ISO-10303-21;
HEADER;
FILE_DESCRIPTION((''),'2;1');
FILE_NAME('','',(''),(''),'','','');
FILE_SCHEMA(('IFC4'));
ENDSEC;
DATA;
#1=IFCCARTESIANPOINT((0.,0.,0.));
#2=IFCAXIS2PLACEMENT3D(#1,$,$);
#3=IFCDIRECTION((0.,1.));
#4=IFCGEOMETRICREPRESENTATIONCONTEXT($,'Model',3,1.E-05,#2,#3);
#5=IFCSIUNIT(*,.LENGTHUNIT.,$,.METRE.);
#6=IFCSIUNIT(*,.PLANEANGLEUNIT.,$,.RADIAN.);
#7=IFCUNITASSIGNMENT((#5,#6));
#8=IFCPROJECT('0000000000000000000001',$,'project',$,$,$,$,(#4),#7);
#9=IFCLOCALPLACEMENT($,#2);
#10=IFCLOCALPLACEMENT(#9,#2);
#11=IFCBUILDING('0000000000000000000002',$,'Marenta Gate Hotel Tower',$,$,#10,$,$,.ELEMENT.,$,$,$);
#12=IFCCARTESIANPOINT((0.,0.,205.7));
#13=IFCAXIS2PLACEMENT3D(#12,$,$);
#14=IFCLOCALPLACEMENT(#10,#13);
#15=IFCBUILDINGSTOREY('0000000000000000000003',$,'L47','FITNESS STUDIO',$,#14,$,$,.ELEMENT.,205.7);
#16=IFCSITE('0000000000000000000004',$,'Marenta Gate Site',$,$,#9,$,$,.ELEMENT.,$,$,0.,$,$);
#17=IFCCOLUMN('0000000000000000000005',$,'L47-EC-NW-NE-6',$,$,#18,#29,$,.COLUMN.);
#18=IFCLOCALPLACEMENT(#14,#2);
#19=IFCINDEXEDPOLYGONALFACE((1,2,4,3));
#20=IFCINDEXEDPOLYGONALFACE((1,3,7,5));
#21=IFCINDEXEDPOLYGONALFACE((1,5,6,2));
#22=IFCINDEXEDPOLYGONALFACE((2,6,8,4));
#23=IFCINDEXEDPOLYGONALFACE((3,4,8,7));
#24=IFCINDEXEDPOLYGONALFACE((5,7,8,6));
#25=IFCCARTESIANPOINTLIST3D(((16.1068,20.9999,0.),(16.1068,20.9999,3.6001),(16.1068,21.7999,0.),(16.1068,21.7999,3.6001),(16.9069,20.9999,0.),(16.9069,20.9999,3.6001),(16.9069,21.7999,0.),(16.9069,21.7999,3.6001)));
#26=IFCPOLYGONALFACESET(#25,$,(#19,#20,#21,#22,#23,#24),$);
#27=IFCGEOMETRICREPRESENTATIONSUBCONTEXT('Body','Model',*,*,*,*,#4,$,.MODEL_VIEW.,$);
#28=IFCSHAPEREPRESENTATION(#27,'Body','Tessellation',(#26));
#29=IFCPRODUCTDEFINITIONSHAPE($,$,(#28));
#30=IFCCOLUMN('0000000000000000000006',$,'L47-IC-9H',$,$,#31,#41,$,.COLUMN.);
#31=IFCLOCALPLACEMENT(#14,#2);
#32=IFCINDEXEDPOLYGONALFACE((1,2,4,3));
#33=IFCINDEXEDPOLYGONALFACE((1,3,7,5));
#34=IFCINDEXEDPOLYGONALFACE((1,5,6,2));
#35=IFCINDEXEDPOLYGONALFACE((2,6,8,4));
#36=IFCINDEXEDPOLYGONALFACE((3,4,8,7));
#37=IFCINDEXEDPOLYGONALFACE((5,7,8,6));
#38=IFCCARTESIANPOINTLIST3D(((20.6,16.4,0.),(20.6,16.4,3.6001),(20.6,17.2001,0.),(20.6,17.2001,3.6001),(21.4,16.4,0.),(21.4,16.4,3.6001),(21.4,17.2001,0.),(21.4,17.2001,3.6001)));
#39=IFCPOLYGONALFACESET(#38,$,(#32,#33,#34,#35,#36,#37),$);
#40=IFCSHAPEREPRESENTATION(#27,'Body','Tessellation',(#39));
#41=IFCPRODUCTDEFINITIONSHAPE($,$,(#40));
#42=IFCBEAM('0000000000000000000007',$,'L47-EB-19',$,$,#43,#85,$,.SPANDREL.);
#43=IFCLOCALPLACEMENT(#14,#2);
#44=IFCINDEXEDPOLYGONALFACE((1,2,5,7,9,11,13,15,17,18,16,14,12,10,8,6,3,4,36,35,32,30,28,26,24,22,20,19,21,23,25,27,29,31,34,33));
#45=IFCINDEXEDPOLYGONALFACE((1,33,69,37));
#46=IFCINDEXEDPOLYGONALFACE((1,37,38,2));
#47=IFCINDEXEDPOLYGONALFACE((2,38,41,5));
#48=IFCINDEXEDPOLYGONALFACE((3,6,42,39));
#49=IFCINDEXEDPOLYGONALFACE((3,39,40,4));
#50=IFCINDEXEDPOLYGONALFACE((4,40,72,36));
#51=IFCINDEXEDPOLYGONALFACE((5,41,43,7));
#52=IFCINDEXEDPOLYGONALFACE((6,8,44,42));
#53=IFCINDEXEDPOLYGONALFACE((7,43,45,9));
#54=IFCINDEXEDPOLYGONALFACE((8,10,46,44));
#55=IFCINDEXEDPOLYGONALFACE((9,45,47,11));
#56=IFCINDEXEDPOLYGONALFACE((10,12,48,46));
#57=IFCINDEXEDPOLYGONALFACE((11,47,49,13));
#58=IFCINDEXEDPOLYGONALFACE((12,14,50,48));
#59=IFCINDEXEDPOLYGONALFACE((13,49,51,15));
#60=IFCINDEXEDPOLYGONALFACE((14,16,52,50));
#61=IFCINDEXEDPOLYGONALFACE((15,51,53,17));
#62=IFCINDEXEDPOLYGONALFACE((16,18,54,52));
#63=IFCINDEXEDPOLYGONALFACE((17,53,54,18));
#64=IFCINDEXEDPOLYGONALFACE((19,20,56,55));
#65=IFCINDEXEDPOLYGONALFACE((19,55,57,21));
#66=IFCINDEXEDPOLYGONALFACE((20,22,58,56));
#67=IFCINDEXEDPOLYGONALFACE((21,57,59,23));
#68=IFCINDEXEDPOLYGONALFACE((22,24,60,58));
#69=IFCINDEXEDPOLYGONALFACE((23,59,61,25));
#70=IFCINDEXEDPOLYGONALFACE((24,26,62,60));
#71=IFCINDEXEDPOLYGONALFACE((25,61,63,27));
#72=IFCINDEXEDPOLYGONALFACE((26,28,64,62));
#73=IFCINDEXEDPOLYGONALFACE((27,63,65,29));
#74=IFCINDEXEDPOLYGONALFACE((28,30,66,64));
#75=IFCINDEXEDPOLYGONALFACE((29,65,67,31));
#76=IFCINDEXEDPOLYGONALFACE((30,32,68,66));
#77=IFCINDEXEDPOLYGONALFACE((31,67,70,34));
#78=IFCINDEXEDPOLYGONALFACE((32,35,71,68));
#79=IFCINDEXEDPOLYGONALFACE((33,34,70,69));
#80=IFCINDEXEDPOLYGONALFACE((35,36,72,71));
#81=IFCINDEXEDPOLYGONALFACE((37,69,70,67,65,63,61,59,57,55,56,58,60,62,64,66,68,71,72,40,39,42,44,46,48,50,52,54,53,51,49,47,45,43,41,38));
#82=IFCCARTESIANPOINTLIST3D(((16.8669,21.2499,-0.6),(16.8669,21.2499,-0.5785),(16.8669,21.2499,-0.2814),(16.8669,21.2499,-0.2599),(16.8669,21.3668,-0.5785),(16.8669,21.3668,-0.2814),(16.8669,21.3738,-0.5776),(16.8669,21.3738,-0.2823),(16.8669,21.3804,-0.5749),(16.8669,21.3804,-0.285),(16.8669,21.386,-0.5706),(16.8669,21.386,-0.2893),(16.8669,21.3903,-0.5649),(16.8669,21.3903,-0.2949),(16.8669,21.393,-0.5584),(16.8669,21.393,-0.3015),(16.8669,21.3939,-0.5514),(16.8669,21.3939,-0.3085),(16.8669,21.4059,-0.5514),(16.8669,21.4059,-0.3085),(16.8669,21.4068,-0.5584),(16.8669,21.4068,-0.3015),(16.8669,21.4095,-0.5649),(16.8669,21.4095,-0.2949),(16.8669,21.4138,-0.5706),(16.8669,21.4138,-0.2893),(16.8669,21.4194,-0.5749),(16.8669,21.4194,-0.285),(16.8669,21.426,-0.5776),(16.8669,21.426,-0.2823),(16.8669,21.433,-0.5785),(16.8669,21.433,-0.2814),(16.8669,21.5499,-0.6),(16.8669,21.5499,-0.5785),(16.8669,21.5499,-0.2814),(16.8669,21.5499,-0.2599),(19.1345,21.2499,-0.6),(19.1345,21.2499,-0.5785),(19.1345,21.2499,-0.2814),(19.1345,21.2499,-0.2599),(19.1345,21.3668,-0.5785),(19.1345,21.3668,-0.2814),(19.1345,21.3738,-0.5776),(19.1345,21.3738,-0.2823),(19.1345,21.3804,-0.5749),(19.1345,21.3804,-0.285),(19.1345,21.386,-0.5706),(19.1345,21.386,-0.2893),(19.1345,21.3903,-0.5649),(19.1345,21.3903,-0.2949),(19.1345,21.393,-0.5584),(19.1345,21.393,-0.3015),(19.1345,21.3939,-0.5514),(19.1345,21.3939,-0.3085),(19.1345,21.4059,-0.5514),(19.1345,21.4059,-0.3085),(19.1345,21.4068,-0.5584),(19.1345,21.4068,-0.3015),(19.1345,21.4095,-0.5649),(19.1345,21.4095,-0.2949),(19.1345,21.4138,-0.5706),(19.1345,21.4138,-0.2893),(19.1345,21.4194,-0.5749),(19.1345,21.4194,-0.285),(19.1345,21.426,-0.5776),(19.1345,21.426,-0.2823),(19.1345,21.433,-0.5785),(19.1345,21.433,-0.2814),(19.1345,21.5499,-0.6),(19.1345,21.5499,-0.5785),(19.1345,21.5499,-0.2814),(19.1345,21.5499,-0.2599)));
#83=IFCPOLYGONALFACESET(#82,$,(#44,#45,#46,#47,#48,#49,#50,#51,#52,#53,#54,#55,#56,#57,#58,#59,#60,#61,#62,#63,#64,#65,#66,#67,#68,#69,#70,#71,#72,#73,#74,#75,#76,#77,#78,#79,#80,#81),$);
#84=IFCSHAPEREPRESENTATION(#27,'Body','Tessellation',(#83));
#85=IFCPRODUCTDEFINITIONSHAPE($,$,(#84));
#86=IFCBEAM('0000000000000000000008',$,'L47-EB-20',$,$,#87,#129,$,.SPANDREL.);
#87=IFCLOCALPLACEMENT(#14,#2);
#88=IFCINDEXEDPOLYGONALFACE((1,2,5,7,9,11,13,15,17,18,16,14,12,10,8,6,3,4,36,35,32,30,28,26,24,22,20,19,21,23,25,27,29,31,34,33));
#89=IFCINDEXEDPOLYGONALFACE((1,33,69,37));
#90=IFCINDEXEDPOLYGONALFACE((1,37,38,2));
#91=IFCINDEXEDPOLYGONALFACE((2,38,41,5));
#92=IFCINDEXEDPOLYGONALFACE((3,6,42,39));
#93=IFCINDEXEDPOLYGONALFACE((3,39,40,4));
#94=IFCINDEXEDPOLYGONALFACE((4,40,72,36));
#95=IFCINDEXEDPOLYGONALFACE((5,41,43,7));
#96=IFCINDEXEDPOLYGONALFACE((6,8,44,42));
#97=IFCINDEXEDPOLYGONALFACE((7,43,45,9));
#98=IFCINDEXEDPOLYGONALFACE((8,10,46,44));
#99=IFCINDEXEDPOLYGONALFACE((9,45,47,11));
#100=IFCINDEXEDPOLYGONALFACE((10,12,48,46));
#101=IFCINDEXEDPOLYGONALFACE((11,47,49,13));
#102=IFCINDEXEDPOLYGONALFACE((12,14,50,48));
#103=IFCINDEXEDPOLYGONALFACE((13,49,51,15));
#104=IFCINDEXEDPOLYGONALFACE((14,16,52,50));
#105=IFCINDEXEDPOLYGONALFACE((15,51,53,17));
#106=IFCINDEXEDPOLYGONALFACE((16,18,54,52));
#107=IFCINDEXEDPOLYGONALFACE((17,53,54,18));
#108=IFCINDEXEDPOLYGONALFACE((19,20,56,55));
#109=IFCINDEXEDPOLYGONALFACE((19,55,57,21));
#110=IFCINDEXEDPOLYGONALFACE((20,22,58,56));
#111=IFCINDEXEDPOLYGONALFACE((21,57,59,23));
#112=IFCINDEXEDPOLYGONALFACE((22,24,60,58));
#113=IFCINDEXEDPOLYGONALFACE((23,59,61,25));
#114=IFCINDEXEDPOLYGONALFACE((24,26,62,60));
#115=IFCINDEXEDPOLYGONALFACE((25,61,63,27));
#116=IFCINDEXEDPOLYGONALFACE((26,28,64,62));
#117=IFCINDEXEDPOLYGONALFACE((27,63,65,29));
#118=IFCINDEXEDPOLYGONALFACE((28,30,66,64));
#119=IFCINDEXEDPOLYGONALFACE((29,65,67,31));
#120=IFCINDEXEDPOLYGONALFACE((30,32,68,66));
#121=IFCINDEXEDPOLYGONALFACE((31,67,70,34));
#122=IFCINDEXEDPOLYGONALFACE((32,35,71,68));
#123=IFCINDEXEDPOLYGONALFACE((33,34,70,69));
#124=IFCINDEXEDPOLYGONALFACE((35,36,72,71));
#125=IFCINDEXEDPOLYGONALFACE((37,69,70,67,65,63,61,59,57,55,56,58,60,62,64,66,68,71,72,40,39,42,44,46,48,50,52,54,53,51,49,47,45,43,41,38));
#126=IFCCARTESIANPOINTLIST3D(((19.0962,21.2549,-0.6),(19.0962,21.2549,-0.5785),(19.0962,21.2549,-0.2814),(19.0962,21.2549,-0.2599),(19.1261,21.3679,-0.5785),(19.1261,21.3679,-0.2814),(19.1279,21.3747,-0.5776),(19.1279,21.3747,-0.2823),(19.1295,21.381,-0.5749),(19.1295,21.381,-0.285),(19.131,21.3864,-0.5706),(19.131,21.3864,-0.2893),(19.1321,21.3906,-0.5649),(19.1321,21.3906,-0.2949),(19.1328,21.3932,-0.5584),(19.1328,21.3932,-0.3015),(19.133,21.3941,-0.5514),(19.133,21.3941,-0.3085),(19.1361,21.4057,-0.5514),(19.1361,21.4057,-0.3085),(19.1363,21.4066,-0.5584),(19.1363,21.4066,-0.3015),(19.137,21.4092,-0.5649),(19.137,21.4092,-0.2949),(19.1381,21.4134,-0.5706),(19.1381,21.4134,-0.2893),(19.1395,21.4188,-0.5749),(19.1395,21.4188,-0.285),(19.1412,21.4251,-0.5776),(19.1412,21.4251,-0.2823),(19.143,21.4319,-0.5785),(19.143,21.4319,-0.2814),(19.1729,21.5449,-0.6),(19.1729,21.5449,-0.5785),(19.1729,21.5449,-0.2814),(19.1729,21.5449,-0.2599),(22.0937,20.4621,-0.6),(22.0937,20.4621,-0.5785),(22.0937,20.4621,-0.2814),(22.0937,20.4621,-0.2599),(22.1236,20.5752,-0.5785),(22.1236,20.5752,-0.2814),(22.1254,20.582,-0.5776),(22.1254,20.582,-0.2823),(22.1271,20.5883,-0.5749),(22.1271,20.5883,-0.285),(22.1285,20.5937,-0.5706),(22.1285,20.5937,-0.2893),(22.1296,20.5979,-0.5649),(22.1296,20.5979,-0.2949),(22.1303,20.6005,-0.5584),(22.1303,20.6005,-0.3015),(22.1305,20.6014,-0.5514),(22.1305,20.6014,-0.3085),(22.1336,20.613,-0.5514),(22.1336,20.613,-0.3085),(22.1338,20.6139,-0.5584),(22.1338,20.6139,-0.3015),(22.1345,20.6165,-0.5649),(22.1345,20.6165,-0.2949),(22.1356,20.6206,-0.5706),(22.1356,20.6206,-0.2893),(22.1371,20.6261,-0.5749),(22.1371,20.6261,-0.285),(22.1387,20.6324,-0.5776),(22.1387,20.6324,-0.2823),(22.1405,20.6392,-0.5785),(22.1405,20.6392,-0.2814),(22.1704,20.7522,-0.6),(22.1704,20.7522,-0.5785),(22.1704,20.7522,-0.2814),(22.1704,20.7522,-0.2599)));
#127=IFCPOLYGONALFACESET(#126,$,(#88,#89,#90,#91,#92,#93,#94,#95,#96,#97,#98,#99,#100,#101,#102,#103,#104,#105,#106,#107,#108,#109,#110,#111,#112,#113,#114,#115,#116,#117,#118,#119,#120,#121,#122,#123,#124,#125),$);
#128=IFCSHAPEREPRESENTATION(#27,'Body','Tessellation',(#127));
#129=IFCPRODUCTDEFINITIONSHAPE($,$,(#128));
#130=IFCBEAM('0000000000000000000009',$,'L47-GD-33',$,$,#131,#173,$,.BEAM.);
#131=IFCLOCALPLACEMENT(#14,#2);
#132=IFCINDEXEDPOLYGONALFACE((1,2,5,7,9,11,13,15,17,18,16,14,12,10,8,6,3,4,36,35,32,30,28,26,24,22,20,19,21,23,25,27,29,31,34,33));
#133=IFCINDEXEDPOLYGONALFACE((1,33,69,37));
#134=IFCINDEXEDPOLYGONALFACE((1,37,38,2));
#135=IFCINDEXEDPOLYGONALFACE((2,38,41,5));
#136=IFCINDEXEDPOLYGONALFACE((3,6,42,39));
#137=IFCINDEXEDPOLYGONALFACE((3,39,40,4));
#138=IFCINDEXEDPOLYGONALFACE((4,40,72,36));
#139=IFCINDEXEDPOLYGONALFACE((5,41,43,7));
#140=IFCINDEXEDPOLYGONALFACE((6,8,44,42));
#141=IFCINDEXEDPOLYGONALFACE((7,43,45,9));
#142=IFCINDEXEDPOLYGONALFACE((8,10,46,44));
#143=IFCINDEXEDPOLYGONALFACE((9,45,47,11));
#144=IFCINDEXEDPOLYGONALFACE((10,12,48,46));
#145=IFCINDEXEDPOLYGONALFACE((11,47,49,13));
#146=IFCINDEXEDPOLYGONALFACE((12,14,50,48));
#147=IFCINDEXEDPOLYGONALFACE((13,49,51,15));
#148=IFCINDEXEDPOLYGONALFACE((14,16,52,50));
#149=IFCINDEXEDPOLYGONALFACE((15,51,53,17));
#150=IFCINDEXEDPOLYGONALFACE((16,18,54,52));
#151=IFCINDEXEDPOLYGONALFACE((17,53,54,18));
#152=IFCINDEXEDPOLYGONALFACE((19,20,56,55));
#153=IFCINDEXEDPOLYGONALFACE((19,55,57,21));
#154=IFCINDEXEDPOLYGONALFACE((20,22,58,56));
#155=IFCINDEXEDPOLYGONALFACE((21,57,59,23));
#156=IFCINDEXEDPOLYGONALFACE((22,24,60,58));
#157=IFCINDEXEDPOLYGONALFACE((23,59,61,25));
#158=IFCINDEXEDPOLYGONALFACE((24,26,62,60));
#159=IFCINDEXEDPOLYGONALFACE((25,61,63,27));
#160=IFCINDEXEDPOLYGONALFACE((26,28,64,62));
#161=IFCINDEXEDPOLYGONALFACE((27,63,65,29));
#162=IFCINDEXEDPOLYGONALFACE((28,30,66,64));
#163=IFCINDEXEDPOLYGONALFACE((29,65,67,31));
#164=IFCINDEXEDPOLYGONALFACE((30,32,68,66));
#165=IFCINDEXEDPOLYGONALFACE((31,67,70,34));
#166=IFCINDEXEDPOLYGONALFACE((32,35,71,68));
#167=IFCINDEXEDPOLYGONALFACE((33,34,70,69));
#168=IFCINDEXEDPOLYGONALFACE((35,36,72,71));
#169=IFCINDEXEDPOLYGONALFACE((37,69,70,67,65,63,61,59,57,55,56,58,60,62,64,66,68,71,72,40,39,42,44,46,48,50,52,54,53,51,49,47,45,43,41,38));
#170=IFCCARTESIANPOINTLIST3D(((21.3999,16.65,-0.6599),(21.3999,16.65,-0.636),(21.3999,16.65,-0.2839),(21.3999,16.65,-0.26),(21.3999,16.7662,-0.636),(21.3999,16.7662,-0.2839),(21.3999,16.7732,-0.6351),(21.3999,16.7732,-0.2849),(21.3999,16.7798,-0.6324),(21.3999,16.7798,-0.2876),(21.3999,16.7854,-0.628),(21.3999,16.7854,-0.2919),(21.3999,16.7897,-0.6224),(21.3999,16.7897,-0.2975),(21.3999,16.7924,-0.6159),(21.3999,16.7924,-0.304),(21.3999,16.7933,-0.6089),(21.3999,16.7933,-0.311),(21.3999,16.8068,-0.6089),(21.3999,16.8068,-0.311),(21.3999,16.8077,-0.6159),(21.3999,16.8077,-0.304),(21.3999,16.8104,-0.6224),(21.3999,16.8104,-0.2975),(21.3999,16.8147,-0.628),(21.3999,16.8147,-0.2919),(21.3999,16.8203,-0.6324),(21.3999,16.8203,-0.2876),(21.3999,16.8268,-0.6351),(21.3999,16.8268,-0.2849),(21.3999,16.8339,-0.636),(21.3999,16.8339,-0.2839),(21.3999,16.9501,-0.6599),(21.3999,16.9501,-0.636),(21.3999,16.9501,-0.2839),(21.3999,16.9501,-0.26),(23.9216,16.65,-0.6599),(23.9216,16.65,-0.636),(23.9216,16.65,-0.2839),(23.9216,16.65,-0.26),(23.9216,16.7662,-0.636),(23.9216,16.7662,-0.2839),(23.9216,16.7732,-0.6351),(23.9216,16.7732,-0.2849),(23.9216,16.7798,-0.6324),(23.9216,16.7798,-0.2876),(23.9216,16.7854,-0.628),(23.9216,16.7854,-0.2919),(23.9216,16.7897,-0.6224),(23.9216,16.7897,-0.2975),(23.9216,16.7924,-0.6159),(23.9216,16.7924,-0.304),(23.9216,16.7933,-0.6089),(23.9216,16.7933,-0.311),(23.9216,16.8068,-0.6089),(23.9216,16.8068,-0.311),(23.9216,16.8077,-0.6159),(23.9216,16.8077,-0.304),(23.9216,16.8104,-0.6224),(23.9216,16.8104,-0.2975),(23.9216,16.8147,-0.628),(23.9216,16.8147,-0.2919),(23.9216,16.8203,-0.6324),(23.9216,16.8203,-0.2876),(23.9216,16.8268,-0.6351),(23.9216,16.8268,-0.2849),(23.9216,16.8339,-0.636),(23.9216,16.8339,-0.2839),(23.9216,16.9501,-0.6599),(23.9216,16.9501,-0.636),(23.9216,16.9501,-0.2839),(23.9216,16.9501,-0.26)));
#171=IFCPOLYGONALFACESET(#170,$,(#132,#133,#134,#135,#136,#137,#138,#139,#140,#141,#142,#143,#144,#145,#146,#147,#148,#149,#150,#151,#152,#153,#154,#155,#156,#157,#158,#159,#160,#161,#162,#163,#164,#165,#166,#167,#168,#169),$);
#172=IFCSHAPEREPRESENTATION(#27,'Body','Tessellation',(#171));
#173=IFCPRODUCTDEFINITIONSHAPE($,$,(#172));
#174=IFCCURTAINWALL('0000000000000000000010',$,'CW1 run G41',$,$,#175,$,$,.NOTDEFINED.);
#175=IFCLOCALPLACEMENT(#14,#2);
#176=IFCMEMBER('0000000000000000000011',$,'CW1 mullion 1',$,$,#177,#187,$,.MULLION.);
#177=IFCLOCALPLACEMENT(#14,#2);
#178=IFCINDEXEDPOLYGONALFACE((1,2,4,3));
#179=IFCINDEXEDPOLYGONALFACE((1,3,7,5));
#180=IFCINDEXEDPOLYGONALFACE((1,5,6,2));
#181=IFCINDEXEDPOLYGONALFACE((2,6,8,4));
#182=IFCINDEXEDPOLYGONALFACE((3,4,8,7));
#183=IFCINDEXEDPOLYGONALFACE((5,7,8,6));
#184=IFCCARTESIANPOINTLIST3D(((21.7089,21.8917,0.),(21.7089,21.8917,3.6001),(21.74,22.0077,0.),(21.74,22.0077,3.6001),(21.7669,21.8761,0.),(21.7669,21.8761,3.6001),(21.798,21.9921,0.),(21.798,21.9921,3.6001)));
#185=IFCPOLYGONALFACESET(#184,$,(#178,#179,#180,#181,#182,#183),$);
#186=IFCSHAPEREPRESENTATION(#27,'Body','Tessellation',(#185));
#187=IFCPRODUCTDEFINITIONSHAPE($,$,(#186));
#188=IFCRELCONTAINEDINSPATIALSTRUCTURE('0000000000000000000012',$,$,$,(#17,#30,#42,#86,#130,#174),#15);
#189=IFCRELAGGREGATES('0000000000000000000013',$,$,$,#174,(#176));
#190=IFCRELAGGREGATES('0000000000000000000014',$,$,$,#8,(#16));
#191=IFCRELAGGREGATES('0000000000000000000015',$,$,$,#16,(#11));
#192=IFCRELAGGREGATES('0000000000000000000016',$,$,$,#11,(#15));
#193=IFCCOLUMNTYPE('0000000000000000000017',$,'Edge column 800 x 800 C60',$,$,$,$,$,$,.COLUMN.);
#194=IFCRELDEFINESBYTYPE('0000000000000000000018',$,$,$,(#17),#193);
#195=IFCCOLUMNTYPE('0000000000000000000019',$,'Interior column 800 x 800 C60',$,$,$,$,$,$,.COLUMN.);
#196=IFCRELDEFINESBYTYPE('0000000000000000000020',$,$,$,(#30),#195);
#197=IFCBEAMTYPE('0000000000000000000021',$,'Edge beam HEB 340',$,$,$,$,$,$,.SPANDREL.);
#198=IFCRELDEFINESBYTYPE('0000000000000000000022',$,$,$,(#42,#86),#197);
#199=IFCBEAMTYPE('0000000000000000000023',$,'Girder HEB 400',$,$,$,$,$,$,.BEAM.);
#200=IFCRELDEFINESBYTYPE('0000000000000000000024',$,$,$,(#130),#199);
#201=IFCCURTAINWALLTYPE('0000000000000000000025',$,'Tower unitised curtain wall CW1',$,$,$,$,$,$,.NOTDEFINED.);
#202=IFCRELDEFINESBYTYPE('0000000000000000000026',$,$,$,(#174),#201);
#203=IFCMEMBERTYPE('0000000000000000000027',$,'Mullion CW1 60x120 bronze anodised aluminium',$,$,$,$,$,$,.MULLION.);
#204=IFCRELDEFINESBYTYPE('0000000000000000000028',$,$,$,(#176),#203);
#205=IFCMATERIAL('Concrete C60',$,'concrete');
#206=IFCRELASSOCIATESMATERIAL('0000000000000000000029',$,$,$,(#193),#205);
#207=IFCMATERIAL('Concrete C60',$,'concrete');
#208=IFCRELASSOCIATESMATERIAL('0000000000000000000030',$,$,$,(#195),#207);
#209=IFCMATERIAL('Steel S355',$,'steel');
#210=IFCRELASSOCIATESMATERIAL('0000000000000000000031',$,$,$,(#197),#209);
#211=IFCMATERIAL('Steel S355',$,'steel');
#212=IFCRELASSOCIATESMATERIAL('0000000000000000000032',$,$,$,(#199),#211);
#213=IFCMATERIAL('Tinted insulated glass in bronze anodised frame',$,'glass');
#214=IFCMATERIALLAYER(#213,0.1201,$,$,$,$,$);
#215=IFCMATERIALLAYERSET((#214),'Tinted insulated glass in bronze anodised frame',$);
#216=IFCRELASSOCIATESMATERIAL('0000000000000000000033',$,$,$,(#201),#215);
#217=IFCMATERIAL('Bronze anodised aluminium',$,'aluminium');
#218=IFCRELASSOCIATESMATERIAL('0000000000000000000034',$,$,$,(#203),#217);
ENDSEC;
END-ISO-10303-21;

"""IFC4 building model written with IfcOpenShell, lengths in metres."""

from ifc_helpers import new_model, si_unit, direction, frame, origin, origin_2d, place, context, subcontext, project, spatial, rectangle, i_section, extrude, material, layer, layer_set, material_profile, profile_set, type_object, element, aggregate, save


model = new_model("IFC4")

# Units and contexts
model_context = context("Model", 3, precision=1e-05, world=origin(), true_north=direction((0.0, 1.0)))
body_context = subcontext(model_context, "Body", "Model", "MODEL_VIEW")
ifc_project = project(units=[si_unit("LENGTHUNIT", "METRE"), si_unit("PLANEANGLEUNIT", "RADIAN")], contexts=[model_context])

# Site, building, storey
site_placement = place(None, origin())
site = spatial("IfcSite", under=ifc_project, at=site_placement, Name="Marenta Gate Site", CompositionType="ELEMENT", RefElevation=0.0)
building_placement = place(site_placement, origin())
building = spatial("IfcBuilding", under=site, at=building_placement, Name="Marenta Gate Hotel Tower", CompositionType="ELEMENT")
storey_placement = place(building_placement, frame((0.0, 0.0, 205.7)))
storey = spatial("IfcBuildingStorey", under=building, at=storey_placement, Name="L47", Description="FITNESS STUDIO", CompositionType="ELEMENT", Elevation=205.7)

# Columns
ifc_material_1 = material(Name="Concrete C60", Category="concrete")
ifc_material_profile_1 = material_profile(ifc_material_1, rectangle(XDim=0.8, YDim=0.8, at=origin_2d()), Name="800 x 800")
ifc_profile_set_1 = profile_set([ifc_material_profile_1], Name="Concrete C60")
column_type_1 = type_object("IfcColumnType", Name="Edge column 800 x 800 C60", PredefinedType="COLUMN", material=ifc_profile_set_1)
column_1_placement = place(storey_placement, frame((16.5068, 21.3999, 0.0), z_axis=(0.0, 0.0, 1.0), x_axis=(1.0, 0.0, 0.0)))
element("IfcColumn", 1, at=column_1_placement, inside=storey, type_object=column_type_1, Name="L47-EC-NW-NE-6", PredefinedType="COLUMN", context=body_context, shape_type="SweptSolid", body=[
    extrude(rectangle(XDim=0.8, YDim=0.8, at=origin_2d()), origin(), (0.0, 0.0, 1.0), 3.6001),
])
ifc_material_2 = material(Name="Concrete C60", Category="concrete")
ifc_material_profile_2 = material_profile(ifc_material_2, rectangle(XDim=0.8, YDim=0.8, at=origin_2d()), Name="800 x 800")
ifc_profile_set_2 = profile_set([ifc_material_profile_2], Name="Concrete C60")
column_type_2 = type_object("IfcColumnType", Name="Interior column 800 x 800 C60", PredefinedType="COLUMN", material=ifc_profile_set_2)
column_2_placement = place(storey_placement, frame((21.0, 16.8, 0.0), z_axis=(0.0, 0.0, 1.0), x_axis=(1.0, 0.0, 0.0)))
element("IfcColumn", 2, at=column_2_placement, inside=storey, type_object=column_type_2, Name="L47-IC-9H", PredefinedType="COLUMN", context=body_context, shape_type="SweptSolid", body=[
    extrude(rectangle(XDim=0.8, YDim=0.8, at=origin_2d()), origin(), (0.0, 0.0, 1.0), 3.6001),
])

# Beams
ifc_material_3 = material(Name="Steel S355", Category="steel")
ifc_material_profile_3 = material_profile(ifc_material_3, i_section(OverallWidth=0.3, OverallDepth=0.3401, WebThickness=0.012, FlangeThickness=0.0215, FilletRadius=0.0271, at=origin_2d()), Name="HEB 340")
ifc_profile_set_3 = profile_set([ifc_material_profile_3], Name="Steel S355")
beam_type_1 = type_object("IfcBeamType", Name="Edge beam HEB 340", PredefinedType="SPANDREL", material=ifc_profile_set_3)
beam_1_placement = place(storey_placement, frame((16.8669, 21.3999, -0.4299), z_axis=(1.0, 0.0, 0.0), x_axis=(0.0, 1.0, 0.0)))
element("IfcBeam", 3, at=beam_1_placement, inside=storey, type_object=beam_type_1, Name="L47-EB-19", PredefinedType="SPANDREL", context=body_context, shape_type="SweptSolid", body=[
    extrude(i_section(OverallWidth=0.3, OverallDepth=0.3401, WebThickness=0.012, FlangeThickness=0.0215, FilletRadius=0.0271, at=origin_2d()), origin(), (0.0, 0.0, 1.0), 2.2676),
])
beam_2_placement = place(storey_placement, frame((19.1345, 21.3999, -0.4299), z_axis=(0.966765, -0.255667, 0.0), x_axis=(0.255667, 0.966765, 0.0)))
element("IfcBeam", 4, at=beam_2_placement, inside=storey, type_object=beam_type_1, Name="L47-EB-20", PredefinedType="SPANDREL", context=body_context, shape_type="SweptSolid", body=[
    extrude(i_section(OverallWidth=0.3, OverallDepth=0.3401, WebThickness=0.012, FlangeThickness=0.0215, FilletRadius=0.0271, at=origin_2d()), origin(), (0.0, 0.0, 1.0), 3.1006),
])
ifc_material_4 = material(Name="Steel S355", Category="steel")
ifc_material_profile_4 = material_profile(ifc_material_4, i_section(OverallWidth=0.3, OverallDepth=0.3999, WebThickness=0.0134, FlangeThickness=0.0239, FilletRadius=0.0271, at=origin_2d()), Name="HEB 400")
ifc_profile_set_4 = profile_set([ifc_material_profile_4], Name="Steel S355")
beam_type_2 = type_object("IfcBeamType", Name="Girder HEB 400", PredefinedType="BEAM", material=ifc_profile_set_4)
beam_3_placement = place(storey_placement, frame((21.3999, 16.8, -0.46), z_axis=(1.0, 0.0, 0.0), x_axis=(0.0, 1.0, 0.0)))
element("IfcBeam", 5, at=beam_3_placement, inside=storey, type_object=beam_type_2, Name="L47-GD-33", PredefinedType="BEAM", context=body_context, shape_type="SweptSolid", body=[
    extrude(i_section(OverallWidth=0.3, OverallDepth=0.3999, WebThickness=0.0134, FlangeThickness=0.0239, FilletRadius=0.0271, at=origin_2d()), origin(), (0.0, 0.0, 1.0), 2.5217),
])

# Curtain wall, member
ifc_material_5 = material(Name="Tinted insulated glass in bronze anodised frame", Category="glass")
ifc_layer_1 = layer(ifc_material_5, 0.1201)
ifc_layer_set_1 = layer_set([ifc_layer_1], Name="Tinted insulated glass in bronze anodised frame")
curtain_wall_type = type_object("IfcCurtainWallType", Name="Tower unitised curtain wall CW1", PredefinedType="NOTDEFINED", material=ifc_layer_set_1)
curtain_wall_1_placement = place(storey_placement, origin())
curtain_wall_1 = element("IfcCurtainWall", 6, at=curtain_wall_1_placement, inside=storey, type_object=curtain_wall_type, Name="CW1 run G41", PredefinedType="NOTDEFINED")
ifc_material_6 = material(Name="Bronze anodised aluminium", Category="aluminium")
ifc_material_profile_5 = material_profile(ifc_material_6, rectangle(XDim=0.1201, YDim=0.0601, at=origin_2d()), Name="Mullion CW1 60x120 bronze anodised aluminium")
ifc_profile_set_5 = profile_set([ifc_material_profile_5], Name="Bronze anodised aluminium")
member_type_1 = type_object("IfcMemberType", Name="Mullion CW1 60x120 bronze anodised aluminium", PredefinedType="MULLION", material=ifc_profile_set_5)
member_1_placement = place(storey_placement, frame((21.7534, 21.9419, 0.0), z_axis=(0.0, 0.0, 1.0), x_axis=(-0.258805, -0.96593, 0.0)))
member_1 = element("IfcMember", 7, at=member_1_placement, type_object=member_type_1, Name="CW1 mullion 1", PredefinedType="MULLION", context=body_context, shape_type="SweptSolid", body=[
    extrude(rectangle(XDim=0.1201, YDim=0.0601, at=origin_2d()), origin(), (0.0, 0.0, 1.0), 3.6001),
])

aggregate(curtain_wall_1, [member_1])

save(model, "model.ifc")
